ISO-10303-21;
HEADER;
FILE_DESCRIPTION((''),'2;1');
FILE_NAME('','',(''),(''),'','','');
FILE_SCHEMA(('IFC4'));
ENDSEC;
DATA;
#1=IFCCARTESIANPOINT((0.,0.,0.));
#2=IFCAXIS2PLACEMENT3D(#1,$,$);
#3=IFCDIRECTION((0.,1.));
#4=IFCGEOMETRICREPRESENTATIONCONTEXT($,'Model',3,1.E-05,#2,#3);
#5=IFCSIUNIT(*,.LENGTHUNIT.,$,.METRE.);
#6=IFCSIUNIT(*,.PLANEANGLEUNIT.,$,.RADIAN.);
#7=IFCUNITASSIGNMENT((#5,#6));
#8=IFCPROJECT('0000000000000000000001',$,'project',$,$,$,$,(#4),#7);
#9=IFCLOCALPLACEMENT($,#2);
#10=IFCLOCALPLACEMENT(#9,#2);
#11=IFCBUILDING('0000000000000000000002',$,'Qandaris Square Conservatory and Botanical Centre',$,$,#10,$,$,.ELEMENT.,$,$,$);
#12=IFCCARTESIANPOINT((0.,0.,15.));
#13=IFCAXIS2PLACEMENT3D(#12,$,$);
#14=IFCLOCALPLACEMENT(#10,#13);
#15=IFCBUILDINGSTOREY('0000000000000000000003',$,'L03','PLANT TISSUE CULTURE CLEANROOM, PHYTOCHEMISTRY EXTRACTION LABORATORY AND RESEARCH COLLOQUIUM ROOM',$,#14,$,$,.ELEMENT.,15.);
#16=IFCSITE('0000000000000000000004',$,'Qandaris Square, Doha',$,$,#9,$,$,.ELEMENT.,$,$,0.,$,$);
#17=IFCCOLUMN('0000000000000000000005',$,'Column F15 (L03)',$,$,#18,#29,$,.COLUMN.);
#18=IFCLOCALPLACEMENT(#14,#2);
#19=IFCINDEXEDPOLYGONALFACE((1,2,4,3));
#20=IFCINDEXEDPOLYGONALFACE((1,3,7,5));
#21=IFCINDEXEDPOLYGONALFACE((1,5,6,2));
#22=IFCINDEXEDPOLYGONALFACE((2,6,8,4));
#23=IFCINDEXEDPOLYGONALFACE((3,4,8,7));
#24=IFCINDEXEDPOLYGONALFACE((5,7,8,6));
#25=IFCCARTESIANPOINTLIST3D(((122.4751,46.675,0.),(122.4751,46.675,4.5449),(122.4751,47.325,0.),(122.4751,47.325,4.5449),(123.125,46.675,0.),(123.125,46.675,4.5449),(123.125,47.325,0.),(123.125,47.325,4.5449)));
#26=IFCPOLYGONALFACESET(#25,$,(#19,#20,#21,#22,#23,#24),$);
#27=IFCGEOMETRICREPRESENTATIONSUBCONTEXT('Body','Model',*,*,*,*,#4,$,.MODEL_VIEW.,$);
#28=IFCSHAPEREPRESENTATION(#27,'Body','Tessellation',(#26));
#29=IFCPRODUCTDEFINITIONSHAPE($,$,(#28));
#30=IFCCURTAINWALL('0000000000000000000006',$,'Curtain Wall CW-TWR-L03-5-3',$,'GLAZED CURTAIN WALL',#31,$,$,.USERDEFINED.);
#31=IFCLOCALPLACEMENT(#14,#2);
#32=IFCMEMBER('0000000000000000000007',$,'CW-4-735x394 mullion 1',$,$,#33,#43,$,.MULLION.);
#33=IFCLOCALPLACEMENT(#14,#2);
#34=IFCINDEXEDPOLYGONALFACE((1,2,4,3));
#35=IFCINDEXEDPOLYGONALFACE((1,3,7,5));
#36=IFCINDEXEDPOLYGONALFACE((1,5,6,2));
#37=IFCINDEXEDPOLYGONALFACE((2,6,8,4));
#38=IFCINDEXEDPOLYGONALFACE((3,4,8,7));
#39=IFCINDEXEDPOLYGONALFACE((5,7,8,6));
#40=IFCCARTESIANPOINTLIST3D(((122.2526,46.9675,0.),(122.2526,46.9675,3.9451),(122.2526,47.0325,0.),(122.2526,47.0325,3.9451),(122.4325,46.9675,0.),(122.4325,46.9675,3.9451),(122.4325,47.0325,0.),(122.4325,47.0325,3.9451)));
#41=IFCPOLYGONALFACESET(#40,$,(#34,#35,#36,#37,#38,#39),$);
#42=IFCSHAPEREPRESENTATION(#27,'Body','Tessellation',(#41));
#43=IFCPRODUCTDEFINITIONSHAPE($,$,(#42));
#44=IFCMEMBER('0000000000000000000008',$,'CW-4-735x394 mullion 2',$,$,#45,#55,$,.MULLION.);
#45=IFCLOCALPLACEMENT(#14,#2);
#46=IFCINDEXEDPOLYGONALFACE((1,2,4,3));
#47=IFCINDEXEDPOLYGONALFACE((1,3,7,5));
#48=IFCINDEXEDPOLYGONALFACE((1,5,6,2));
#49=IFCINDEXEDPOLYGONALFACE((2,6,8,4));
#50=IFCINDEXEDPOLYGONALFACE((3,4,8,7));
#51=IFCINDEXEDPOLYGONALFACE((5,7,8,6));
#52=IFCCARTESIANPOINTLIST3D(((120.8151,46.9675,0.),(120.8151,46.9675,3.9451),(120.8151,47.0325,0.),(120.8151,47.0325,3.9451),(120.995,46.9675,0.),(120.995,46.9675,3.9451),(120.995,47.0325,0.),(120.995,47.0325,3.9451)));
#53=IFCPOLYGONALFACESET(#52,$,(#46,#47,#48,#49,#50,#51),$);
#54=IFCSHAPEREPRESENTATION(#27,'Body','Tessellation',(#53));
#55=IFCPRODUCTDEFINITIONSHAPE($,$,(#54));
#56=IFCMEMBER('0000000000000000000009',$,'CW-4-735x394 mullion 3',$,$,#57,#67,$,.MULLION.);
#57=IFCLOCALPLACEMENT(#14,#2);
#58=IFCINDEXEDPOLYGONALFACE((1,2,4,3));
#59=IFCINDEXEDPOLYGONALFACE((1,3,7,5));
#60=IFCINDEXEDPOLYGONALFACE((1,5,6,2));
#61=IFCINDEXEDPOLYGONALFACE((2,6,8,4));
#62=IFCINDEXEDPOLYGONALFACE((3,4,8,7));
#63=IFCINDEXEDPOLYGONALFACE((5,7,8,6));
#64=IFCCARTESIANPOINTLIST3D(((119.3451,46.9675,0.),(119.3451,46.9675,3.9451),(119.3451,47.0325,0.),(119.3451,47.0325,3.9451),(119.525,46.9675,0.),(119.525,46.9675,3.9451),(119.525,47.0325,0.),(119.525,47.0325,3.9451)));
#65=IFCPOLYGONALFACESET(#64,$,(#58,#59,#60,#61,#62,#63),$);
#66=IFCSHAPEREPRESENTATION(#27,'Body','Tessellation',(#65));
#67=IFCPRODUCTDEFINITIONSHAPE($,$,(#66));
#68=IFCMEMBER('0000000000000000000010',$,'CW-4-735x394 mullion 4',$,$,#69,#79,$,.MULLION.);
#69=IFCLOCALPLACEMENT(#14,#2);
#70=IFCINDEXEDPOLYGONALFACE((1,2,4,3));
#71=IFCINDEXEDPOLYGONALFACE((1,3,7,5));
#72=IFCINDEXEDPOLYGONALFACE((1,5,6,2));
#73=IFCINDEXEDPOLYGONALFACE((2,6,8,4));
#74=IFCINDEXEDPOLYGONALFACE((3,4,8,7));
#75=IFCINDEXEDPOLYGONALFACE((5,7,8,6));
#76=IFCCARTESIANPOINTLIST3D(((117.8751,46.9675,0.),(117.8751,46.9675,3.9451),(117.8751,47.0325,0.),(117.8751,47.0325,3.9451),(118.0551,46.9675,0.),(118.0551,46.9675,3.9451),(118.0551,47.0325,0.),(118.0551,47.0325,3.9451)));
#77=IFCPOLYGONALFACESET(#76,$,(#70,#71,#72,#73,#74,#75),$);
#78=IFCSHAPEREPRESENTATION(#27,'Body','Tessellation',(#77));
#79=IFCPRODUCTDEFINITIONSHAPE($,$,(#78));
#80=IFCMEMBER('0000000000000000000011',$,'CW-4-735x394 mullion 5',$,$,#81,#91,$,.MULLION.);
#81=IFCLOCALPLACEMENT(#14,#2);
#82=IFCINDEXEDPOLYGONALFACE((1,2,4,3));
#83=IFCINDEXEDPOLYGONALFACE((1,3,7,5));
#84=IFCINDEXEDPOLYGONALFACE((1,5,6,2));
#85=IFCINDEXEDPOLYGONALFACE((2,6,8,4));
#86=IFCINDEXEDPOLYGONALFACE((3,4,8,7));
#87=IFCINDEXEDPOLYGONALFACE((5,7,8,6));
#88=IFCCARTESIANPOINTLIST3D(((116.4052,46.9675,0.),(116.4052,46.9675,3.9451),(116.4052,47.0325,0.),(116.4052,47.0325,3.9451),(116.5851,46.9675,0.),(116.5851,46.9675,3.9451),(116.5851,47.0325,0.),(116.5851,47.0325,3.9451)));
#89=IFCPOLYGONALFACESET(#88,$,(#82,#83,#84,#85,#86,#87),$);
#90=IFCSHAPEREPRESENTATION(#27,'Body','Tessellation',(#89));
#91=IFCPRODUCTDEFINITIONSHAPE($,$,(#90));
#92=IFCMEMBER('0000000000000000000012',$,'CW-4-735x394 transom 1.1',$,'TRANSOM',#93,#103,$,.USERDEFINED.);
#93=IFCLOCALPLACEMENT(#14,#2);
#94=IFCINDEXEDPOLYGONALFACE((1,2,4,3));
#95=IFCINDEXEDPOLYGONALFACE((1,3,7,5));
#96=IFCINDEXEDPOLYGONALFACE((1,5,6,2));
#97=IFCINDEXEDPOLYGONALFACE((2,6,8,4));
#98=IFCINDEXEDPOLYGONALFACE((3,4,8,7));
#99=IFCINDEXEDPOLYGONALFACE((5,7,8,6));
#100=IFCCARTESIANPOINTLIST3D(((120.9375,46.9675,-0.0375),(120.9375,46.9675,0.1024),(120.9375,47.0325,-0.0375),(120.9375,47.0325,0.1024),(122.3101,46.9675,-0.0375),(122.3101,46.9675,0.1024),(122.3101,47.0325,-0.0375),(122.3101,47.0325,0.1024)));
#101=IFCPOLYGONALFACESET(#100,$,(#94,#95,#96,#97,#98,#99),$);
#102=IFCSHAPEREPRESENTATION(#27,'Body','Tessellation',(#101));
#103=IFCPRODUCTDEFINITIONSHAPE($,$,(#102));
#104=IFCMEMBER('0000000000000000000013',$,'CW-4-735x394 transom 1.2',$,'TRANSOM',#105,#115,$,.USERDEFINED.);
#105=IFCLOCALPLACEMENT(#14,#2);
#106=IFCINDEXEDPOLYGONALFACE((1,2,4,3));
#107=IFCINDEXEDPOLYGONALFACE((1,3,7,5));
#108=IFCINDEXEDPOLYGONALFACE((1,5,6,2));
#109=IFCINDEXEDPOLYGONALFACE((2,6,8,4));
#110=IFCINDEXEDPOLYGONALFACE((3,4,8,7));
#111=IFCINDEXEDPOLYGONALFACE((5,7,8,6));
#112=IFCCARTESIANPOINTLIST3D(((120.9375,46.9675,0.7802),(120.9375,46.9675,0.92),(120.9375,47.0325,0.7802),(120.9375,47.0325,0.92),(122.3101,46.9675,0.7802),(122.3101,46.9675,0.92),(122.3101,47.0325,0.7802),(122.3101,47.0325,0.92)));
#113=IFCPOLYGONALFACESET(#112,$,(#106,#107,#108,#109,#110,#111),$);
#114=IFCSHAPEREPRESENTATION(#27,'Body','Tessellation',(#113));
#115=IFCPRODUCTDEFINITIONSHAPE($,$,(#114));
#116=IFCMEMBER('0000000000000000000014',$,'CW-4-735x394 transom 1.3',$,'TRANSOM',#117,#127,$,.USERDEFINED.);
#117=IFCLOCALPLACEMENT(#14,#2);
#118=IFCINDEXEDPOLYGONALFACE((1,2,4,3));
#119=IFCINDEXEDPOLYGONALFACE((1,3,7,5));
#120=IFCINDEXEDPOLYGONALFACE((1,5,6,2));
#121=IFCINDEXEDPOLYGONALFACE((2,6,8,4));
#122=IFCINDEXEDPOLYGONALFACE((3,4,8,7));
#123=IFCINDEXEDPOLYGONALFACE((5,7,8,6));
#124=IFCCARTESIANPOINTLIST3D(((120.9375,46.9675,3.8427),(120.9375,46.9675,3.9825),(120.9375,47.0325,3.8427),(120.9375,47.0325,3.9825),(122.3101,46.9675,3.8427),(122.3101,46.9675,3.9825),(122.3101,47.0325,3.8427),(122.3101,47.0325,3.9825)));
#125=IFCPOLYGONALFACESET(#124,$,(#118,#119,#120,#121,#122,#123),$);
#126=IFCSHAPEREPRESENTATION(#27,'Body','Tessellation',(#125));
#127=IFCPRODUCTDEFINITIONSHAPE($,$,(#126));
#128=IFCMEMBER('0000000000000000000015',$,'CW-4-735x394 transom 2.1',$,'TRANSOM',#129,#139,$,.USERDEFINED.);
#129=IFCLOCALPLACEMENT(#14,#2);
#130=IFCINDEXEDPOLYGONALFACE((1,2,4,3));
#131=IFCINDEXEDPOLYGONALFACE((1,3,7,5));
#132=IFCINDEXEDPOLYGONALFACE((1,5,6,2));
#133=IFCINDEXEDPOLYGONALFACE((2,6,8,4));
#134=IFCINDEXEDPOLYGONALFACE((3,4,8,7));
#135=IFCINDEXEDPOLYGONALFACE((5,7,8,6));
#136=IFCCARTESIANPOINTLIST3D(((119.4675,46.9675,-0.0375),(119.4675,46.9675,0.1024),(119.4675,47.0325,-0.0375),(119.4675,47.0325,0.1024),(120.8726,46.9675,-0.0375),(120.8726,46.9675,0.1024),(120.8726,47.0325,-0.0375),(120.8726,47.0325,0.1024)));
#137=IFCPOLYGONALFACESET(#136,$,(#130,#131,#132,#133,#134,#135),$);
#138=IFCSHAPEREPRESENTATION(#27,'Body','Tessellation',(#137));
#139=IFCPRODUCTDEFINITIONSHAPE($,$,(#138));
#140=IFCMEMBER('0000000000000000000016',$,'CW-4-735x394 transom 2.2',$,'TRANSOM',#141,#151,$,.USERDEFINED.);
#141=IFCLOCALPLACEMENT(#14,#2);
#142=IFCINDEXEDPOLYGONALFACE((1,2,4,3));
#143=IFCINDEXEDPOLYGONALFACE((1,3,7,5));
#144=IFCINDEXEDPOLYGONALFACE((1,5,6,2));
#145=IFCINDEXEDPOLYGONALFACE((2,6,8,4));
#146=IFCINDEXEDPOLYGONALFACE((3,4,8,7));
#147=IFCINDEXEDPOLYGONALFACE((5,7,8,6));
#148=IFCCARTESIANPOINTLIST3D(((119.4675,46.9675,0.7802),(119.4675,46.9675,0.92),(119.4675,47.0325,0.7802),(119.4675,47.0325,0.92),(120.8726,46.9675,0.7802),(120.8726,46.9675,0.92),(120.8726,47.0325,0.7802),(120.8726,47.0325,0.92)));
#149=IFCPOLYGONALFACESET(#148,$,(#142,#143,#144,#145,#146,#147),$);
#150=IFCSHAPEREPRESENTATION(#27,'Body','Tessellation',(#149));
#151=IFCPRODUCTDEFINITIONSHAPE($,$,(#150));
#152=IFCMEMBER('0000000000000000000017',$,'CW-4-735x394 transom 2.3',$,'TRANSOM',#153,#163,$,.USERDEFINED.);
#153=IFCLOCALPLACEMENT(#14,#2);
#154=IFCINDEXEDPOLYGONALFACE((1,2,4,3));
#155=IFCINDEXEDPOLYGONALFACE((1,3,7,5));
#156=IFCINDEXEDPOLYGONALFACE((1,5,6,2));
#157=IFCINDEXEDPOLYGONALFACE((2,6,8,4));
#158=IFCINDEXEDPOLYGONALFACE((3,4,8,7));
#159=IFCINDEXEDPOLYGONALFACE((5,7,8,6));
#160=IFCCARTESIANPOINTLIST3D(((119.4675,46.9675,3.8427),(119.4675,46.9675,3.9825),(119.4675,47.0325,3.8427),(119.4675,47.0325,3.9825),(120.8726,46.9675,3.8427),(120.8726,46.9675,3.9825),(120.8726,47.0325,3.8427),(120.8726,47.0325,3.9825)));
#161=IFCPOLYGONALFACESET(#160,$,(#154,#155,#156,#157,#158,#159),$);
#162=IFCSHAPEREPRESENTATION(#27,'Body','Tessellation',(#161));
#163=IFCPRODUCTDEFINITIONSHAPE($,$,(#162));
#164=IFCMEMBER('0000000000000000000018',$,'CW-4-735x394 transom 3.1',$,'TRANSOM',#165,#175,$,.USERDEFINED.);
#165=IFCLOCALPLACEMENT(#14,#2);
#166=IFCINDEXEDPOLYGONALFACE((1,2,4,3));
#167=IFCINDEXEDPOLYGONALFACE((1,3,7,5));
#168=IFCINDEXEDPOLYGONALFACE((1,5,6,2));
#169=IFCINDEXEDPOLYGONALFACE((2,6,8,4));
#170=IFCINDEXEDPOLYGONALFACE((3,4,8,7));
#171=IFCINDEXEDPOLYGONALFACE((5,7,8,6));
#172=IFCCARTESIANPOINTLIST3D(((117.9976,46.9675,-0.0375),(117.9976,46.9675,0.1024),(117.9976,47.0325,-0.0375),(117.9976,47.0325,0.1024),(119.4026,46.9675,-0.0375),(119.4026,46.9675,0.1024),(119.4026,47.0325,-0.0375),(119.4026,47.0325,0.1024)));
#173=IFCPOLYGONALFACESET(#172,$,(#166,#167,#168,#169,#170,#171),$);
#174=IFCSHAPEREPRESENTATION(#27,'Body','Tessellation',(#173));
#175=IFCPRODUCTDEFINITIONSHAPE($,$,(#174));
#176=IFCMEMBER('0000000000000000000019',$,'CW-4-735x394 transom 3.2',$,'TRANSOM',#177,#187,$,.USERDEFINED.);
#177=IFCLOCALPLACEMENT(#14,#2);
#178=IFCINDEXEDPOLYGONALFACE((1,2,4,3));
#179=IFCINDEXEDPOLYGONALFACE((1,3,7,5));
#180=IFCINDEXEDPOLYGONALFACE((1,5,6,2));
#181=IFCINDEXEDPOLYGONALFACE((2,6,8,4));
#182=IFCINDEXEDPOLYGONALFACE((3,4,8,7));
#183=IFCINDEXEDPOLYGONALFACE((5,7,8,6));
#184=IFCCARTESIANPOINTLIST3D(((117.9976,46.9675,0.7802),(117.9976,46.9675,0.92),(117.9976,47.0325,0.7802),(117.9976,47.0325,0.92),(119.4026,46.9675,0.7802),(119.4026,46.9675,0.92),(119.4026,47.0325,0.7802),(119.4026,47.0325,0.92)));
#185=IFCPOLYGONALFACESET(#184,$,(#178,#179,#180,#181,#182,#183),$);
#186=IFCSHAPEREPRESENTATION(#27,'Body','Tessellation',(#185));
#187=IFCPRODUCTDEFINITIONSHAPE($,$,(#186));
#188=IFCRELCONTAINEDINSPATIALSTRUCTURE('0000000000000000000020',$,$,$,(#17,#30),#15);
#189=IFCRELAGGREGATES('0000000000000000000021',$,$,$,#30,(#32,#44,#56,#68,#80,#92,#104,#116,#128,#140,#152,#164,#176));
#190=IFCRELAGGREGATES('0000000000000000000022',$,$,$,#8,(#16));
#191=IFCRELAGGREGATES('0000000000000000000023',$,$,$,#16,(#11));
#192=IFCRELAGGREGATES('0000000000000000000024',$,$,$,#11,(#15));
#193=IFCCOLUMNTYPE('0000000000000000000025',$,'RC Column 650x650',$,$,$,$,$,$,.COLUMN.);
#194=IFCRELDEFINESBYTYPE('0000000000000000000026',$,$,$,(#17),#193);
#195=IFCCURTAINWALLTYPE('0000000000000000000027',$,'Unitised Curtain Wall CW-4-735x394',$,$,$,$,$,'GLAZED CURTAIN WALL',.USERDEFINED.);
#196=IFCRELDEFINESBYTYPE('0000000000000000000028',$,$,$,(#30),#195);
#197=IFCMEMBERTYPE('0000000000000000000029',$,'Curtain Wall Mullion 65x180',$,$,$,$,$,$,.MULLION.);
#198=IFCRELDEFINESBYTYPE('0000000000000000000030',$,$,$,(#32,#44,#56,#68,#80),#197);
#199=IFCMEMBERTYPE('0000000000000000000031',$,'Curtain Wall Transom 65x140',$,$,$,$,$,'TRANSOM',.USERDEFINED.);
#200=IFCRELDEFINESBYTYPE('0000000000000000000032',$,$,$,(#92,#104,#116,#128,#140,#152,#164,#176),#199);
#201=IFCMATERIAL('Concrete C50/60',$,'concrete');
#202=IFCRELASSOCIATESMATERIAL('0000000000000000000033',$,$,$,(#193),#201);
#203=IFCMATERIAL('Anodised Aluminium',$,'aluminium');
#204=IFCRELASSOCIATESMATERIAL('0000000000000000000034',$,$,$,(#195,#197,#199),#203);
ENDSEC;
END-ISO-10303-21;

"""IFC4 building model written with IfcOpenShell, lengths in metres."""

from ifc_helpers import new_model, si_unit, direction, frame, origin, origin_2d, place, context, subcontext, project, spatial, rectangle, extrude, material, material_profile, profile_set, type_object, element, aggregate, save


model = new_model("IFC4")

# Units and contexts
model_context = context("Model", 3, precision=1e-05, world=origin(), true_north=direction((0.0, 1.0)))
body_context = subcontext(model_context, "Body", "Model", "MODEL_VIEW")
ifc_project = project(units=[si_unit("LENGTHUNIT", "METRE"), si_unit("PLANEANGLEUNIT", "RADIAN")], contexts=[model_context])

# Site, building, storey
site_placement = place(None, origin())
site = spatial("IfcSite", under=ifc_project, at=site_placement, Name="Qandaris Square, Doha", CompositionType="ELEMENT", RefElevation=0.0)
building_placement = place(site_placement, origin())
building = spatial("IfcBuilding", under=site, at=building_placement, Name="Qandaris Square Conservatory and Botanical Centre", CompositionType="ELEMENT")
storey_placement = place(building_placement, frame((0.0, 0.0, 15.0)))
storey = spatial("IfcBuildingStorey", under=building, at=storey_placement, Name="L03", Description="PLANT TISSUE CULTURE CLEANROOM, PHYTOCHEMISTRY EXTRACTION LABORATORY AND RESEARCH COLLOQUIUM ROOM", CompositionType="ELEMENT", Elevation=15.0)

# Column
ifc_material_1 = material(Name="Concrete C50/60", Category="concrete")
ifc_material_profile_1 = material_profile(ifc_material_1, rectangle(XDim=0.6499, YDim=0.6499, at=origin_2d()), Name="RC-COL 650x650")
ifc_profile_set_1 = profile_set([ifc_material_profile_1], Name="Concrete C50/60")
column_type = type_object("IfcColumnType", Name="RC Column 650x650", PredefinedType="COLUMN", material=ifc_profile_set_1)
column_placement = place(storey_placement, frame((122.8, 47.0, 0.0), z_axis=(0.0, 0.0, 1.0), x_axis=(1.0, 0.0, 0.0)))
element("IfcColumn", 1, at=column_placement, inside=storey, type_object=column_type, Name="Column F15 (L03)", PredefinedType="COLUMN", context=body_context, shape_type="SweptSolid", body=[
    extrude(rectangle(XDim=0.6499, YDim=0.6499, at=origin_2d()), origin(), (0.0, 0.0, 1.0), 4.5449),
])

# Curtain wall, members
ifc_material_2 = material(Name="Anodised Aluminium", Category="aluminium")
curtain_wall_type = type_object("IfcCurtainWallType", Name="Unitised Curtain Wall CW-4-735x394", ElementType="GLAZED CURTAIN WALL", PredefinedType="USERDEFINED", material=ifc_material_2)
curtain_wall_placement = place(storey_placement, origin())
curtain_wall = element("IfcCurtainWall", 2, at=curtain_wall_placement, inside=storey, type_object=curtain_wall_type, Name="Curtain Wall CW-TWR-L03-5-3", ObjectType="GLAZED CURTAIN WALL", PredefinedType="USERDEFINED")
ifc_material_profile_2 = material_profile(ifc_material_2, rectangle(XDim=0.0649, YDim=0.1799, at=origin_2d()), Name="ALU-MUL 65x180")
ifc_profile_set_2 = profile_set([ifc_material_profile_2], Name="Anodised Aluminium")
member_type_1 = type_object("IfcMemberType", Name="Curtain Wall Mullion 65x180", PredefinedType="MULLION", material=ifc_profile_set_2)
member_1_placement = place(storey_placement, frame((122.3425, 47.0, 0.0), z_axis=(0.0, 0.0, 1.0), x_axis=(0.0, -1.0, 0.0)))
member_1 = element("IfcMember", 3, at=member_1_placement, type_object=member_type_1, Name="CW-4-735x394 mullion 1", PredefinedType="MULLION", context=body_context, shape_type="SweptSolid", body=[
    extrude(rectangle(XDim=0.0649, YDim=0.1799, at=origin_2d()), origin(), (0.0, 0.0, 1.0), 3.9451),
])
member_2_placement = place(storey_placement, frame((120.905, 47.0, 0.0), z_axis=(0.0, 0.0, 1.0), x_axis=(0.0, -1.0, 0.0)))
member_2 = element("IfcMember", 4, at=member_2_placement, type_object=member_type_1, Name="CW-4-735x394 mullion 2", PredefinedType="MULLION", context=body_context, shape_type="SweptSolid", body=[
    extrude(rectangle(XDim=0.0649, YDim=0.1799, at=origin_2d()), origin(), (0.0, 0.0, 1.0), 3.9451),
])
member_3_placement = place(storey_placement, frame((119.4351, 47.0, 0.0), z_axis=(0.0, 0.0, 1.0), x_axis=(0.0, -1.0, 0.0)))
member_3 = element("IfcMember", 5, at=member_3_placement, type_object=member_type_1, Name="CW-4-735x394 mullion 3", PredefinedType="MULLION", context=body_context, shape_type="SweptSolid", body=[
    extrude(rectangle(XDim=0.0649, YDim=0.1799, at=origin_2d()), origin(), (0.0, 0.0, 1.0), 3.9451),
])
member_4_placement = place(storey_placement, frame((117.9651, 47.0, 0.0), z_axis=(0.0, 0.0, 1.0), x_axis=(0.0, -1.0, 0.0)))
member_4 = element("IfcMember", 6, at=member_4_placement, type_object=member_type_1, Name="CW-4-735x394 mullion 4", PredefinedType="MULLION", context=body_context, shape_type="SweptSolid", body=[
    extrude(rectangle(XDim=0.0649, YDim=0.1799, at=origin_2d()), origin(), (0.0, 0.0, 1.0), 3.9451),
])
member_5_placement = place(storey_placement, frame((116.4951, 47.0, 0.0), z_axis=(0.0, 0.0, 1.0), x_axis=(0.0, -1.0, 0.0)))
member_5 = element("IfcMember", 7, at=member_5_placement, type_object=member_type_1, Name="CW-4-735x394 mullion 5", PredefinedType="MULLION", context=body_context, shape_type="SweptSolid", body=[
    extrude(rectangle(XDim=0.0649, YDim=0.1799, at=origin_2d()), origin(), (0.0, 0.0, 1.0), 3.9451),
])
ifc_material_profile_3 = material_profile(ifc_material_2, rectangle(XDim=0.0649, YDim=0.1399, at=origin_2d()), Name="ALU-TRN 65x140")
ifc_profile_set_3 = profile_set([ifc_material_profile_3], Name="Anodised Aluminium")
member_type_2 = type_object("IfcMemberType", Name="Curtain Wall Transom 65x140", ElementType="TRANSOM", PredefinedType="USERDEFINED", material=ifc_profile_set_3)
member_6_placement = place(storey_placement, frame((122.3101, 47.0, 0.0325), z_axis=(-1.0, 0.0, 0.0), x_axis=(0.0, -1.0, 0.0)))
member_6 = element("IfcMember", 8, at=member_6_placement, type_object=member_type_2, Name="CW-4-735x394 transom 1.1", ObjectType="TRANSOM", PredefinedType="USERDEFINED", context=body_context, shape_type="SweptSolid", body=[
    extrude(rectangle(XDim=0.0649, YDim=0.1399, at=origin_2d()), origin(), (0.0, 0.0, 1.0), 1.3726),
])
member_7_placement = place(storey_placement, frame((122.3101, 47.0, 0.8501), z_axis=(-1.0, 0.0, 0.0), x_axis=(0.0, -1.0, 0.0)))
member_7 = element("IfcMember", 9, at=member_7_placement, type_object=member_type_2, Name="CW-4-735x394 transom 1.2", ObjectType="TRANSOM", PredefinedType="USERDEFINED", context=body_context, shape_type="SweptSolid", body=[
    extrude(rectangle(XDim=0.0649, YDim=0.1399, at=origin_2d()), origin(), (0.0, 0.0, 1.0), 1.3726),
])
member_8_placement = place(storey_placement, frame((122.3101, 47.0, 3.9126), z_axis=(-1.0, 0.0, 0.0), x_axis=(0.0, -1.0, 0.0)))
member_8 = element("IfcMember", 10, at=member_8_placement, type_object=member_type_2, Name="CW-4-735x394 transom 1.3", ObjectType="TRANSOM", PredefinedType="USERDEFINED", context=body_context, shape_type="SweptSolid", body=[
    extrude(rectangle(XDim=0.0649, YDim=0.1399, at=origin_2d()), origin(), (0.0, 0.0, 1.0), 1.3726),
])
member_9_placement = place(storey_placement, frame((120.8726, 47.0, 0.0325), z_axis=(-1.0, 0.0, 0.0), x_axis=(0.0, -1.0, 0.0)))
member_9 = element("IfcMember", 11, at=member_9_placement, type_object=member_type_2, Name="CW-4-735x394 transom 2.1", ObjectType="TRANSOM", PredefinedType="USERDEFINED", context=body_context, shape_type="SweptSolid", body=[
    extrude(rectangle(XDim=0.0649, YDim=0.1399, at=origin_2d()), origin(), (0.0, 0.0, 1.0), 1.405),
])
member_10_placement = place(storey_placement, frame((120.8726, 47.0, 0.8501), z_axis=(-1.0, 0.0, 0.0), x_axis=(0.0, -1.0, 0.0)))
member_10 = element("IfcMember", 12, at=member_10_placement, type_object=member_type_2, Name="CW-4-735x394 transom 2.2", ObjectType="TRANSOM", PredefinedType="USERDEFINED", context=body_context, shape_type="SweptSolid", body=[
    extrude(rectangle(XDim=0.0649, YDim=0.1399, at=origin_2d()), origin(), (0.0, 0.0, 1.0), 1.405),
])
member_11_placement = place(storey_placement, frame((120.8726, 47.0, 3.9126), z_axis=(-1.0, 0.0, 0.0), x_axis=(0.0, -1.0, 0.0)))
member_11 = element("IfcMember", 13, at=member_11_placement, type_object=member_type_2, Name="CW-4-735x394 transom 2.3", ObjectType="TRANSOM", PredefinedType="USERDEFINED", context=body_context, shape_type="SweptSolid", body=[
    extrude(rectangle(XDim=0.0649, YDim=0.1399, at=origin_2d()), origin(), (0.0, 0.0, 1.0), 1.405),
])
member_12_placement = place(storey_placement, frame((119.4026, 47.0, 0.0325), z_axis=(-1.0, 0.0, 0.0), x_axis=(0.0, -1.0, 0.0)))
member_12 = element("IfcMember", 14, at=member_12_placement, type_object=member_type_2, Name="CW-4-735x394 transom 3.1", ObjectType="TRANSOM", PredefinedType="USERDEFINED", context=body_context, shape_type="SweptSolid", body=[
    extrude(rectangle(XDim=0.0649, YDim=0.1399, at=origin_2d()), origin(), (0.0, 0.0, 1.0), 1.405),
])
member_13_placement = place(storey_placement, frame((119.4026, 47.0, 0.8501), z_axis=(-1.0, 0.0, 0.0), x_axis=(0.0, -1.0, 0.0)))
member_13 = element("IfcMember", 15, at=member_13_placement, type_object=member_type_2, Name="CW-4-735x394 transom 3.2", ObjectType="TRANSOM", PredefinedType="USERDEFINED", context=body_context, shape_type="SweptSolid", body=[
    extrude(rectangle(XDim=0.0649, YDim=0.1399, at=origin_2d()), origin(), (0.0, 0.0, 1.0), 1.405),
])

aggregate(curtain_wall, [member_1, member_2, member_3, member_4, member_5, member_6, member_7, member_8, member_9, member_10, member_11, member_12, member_13])

save(model, "model.ifc")
